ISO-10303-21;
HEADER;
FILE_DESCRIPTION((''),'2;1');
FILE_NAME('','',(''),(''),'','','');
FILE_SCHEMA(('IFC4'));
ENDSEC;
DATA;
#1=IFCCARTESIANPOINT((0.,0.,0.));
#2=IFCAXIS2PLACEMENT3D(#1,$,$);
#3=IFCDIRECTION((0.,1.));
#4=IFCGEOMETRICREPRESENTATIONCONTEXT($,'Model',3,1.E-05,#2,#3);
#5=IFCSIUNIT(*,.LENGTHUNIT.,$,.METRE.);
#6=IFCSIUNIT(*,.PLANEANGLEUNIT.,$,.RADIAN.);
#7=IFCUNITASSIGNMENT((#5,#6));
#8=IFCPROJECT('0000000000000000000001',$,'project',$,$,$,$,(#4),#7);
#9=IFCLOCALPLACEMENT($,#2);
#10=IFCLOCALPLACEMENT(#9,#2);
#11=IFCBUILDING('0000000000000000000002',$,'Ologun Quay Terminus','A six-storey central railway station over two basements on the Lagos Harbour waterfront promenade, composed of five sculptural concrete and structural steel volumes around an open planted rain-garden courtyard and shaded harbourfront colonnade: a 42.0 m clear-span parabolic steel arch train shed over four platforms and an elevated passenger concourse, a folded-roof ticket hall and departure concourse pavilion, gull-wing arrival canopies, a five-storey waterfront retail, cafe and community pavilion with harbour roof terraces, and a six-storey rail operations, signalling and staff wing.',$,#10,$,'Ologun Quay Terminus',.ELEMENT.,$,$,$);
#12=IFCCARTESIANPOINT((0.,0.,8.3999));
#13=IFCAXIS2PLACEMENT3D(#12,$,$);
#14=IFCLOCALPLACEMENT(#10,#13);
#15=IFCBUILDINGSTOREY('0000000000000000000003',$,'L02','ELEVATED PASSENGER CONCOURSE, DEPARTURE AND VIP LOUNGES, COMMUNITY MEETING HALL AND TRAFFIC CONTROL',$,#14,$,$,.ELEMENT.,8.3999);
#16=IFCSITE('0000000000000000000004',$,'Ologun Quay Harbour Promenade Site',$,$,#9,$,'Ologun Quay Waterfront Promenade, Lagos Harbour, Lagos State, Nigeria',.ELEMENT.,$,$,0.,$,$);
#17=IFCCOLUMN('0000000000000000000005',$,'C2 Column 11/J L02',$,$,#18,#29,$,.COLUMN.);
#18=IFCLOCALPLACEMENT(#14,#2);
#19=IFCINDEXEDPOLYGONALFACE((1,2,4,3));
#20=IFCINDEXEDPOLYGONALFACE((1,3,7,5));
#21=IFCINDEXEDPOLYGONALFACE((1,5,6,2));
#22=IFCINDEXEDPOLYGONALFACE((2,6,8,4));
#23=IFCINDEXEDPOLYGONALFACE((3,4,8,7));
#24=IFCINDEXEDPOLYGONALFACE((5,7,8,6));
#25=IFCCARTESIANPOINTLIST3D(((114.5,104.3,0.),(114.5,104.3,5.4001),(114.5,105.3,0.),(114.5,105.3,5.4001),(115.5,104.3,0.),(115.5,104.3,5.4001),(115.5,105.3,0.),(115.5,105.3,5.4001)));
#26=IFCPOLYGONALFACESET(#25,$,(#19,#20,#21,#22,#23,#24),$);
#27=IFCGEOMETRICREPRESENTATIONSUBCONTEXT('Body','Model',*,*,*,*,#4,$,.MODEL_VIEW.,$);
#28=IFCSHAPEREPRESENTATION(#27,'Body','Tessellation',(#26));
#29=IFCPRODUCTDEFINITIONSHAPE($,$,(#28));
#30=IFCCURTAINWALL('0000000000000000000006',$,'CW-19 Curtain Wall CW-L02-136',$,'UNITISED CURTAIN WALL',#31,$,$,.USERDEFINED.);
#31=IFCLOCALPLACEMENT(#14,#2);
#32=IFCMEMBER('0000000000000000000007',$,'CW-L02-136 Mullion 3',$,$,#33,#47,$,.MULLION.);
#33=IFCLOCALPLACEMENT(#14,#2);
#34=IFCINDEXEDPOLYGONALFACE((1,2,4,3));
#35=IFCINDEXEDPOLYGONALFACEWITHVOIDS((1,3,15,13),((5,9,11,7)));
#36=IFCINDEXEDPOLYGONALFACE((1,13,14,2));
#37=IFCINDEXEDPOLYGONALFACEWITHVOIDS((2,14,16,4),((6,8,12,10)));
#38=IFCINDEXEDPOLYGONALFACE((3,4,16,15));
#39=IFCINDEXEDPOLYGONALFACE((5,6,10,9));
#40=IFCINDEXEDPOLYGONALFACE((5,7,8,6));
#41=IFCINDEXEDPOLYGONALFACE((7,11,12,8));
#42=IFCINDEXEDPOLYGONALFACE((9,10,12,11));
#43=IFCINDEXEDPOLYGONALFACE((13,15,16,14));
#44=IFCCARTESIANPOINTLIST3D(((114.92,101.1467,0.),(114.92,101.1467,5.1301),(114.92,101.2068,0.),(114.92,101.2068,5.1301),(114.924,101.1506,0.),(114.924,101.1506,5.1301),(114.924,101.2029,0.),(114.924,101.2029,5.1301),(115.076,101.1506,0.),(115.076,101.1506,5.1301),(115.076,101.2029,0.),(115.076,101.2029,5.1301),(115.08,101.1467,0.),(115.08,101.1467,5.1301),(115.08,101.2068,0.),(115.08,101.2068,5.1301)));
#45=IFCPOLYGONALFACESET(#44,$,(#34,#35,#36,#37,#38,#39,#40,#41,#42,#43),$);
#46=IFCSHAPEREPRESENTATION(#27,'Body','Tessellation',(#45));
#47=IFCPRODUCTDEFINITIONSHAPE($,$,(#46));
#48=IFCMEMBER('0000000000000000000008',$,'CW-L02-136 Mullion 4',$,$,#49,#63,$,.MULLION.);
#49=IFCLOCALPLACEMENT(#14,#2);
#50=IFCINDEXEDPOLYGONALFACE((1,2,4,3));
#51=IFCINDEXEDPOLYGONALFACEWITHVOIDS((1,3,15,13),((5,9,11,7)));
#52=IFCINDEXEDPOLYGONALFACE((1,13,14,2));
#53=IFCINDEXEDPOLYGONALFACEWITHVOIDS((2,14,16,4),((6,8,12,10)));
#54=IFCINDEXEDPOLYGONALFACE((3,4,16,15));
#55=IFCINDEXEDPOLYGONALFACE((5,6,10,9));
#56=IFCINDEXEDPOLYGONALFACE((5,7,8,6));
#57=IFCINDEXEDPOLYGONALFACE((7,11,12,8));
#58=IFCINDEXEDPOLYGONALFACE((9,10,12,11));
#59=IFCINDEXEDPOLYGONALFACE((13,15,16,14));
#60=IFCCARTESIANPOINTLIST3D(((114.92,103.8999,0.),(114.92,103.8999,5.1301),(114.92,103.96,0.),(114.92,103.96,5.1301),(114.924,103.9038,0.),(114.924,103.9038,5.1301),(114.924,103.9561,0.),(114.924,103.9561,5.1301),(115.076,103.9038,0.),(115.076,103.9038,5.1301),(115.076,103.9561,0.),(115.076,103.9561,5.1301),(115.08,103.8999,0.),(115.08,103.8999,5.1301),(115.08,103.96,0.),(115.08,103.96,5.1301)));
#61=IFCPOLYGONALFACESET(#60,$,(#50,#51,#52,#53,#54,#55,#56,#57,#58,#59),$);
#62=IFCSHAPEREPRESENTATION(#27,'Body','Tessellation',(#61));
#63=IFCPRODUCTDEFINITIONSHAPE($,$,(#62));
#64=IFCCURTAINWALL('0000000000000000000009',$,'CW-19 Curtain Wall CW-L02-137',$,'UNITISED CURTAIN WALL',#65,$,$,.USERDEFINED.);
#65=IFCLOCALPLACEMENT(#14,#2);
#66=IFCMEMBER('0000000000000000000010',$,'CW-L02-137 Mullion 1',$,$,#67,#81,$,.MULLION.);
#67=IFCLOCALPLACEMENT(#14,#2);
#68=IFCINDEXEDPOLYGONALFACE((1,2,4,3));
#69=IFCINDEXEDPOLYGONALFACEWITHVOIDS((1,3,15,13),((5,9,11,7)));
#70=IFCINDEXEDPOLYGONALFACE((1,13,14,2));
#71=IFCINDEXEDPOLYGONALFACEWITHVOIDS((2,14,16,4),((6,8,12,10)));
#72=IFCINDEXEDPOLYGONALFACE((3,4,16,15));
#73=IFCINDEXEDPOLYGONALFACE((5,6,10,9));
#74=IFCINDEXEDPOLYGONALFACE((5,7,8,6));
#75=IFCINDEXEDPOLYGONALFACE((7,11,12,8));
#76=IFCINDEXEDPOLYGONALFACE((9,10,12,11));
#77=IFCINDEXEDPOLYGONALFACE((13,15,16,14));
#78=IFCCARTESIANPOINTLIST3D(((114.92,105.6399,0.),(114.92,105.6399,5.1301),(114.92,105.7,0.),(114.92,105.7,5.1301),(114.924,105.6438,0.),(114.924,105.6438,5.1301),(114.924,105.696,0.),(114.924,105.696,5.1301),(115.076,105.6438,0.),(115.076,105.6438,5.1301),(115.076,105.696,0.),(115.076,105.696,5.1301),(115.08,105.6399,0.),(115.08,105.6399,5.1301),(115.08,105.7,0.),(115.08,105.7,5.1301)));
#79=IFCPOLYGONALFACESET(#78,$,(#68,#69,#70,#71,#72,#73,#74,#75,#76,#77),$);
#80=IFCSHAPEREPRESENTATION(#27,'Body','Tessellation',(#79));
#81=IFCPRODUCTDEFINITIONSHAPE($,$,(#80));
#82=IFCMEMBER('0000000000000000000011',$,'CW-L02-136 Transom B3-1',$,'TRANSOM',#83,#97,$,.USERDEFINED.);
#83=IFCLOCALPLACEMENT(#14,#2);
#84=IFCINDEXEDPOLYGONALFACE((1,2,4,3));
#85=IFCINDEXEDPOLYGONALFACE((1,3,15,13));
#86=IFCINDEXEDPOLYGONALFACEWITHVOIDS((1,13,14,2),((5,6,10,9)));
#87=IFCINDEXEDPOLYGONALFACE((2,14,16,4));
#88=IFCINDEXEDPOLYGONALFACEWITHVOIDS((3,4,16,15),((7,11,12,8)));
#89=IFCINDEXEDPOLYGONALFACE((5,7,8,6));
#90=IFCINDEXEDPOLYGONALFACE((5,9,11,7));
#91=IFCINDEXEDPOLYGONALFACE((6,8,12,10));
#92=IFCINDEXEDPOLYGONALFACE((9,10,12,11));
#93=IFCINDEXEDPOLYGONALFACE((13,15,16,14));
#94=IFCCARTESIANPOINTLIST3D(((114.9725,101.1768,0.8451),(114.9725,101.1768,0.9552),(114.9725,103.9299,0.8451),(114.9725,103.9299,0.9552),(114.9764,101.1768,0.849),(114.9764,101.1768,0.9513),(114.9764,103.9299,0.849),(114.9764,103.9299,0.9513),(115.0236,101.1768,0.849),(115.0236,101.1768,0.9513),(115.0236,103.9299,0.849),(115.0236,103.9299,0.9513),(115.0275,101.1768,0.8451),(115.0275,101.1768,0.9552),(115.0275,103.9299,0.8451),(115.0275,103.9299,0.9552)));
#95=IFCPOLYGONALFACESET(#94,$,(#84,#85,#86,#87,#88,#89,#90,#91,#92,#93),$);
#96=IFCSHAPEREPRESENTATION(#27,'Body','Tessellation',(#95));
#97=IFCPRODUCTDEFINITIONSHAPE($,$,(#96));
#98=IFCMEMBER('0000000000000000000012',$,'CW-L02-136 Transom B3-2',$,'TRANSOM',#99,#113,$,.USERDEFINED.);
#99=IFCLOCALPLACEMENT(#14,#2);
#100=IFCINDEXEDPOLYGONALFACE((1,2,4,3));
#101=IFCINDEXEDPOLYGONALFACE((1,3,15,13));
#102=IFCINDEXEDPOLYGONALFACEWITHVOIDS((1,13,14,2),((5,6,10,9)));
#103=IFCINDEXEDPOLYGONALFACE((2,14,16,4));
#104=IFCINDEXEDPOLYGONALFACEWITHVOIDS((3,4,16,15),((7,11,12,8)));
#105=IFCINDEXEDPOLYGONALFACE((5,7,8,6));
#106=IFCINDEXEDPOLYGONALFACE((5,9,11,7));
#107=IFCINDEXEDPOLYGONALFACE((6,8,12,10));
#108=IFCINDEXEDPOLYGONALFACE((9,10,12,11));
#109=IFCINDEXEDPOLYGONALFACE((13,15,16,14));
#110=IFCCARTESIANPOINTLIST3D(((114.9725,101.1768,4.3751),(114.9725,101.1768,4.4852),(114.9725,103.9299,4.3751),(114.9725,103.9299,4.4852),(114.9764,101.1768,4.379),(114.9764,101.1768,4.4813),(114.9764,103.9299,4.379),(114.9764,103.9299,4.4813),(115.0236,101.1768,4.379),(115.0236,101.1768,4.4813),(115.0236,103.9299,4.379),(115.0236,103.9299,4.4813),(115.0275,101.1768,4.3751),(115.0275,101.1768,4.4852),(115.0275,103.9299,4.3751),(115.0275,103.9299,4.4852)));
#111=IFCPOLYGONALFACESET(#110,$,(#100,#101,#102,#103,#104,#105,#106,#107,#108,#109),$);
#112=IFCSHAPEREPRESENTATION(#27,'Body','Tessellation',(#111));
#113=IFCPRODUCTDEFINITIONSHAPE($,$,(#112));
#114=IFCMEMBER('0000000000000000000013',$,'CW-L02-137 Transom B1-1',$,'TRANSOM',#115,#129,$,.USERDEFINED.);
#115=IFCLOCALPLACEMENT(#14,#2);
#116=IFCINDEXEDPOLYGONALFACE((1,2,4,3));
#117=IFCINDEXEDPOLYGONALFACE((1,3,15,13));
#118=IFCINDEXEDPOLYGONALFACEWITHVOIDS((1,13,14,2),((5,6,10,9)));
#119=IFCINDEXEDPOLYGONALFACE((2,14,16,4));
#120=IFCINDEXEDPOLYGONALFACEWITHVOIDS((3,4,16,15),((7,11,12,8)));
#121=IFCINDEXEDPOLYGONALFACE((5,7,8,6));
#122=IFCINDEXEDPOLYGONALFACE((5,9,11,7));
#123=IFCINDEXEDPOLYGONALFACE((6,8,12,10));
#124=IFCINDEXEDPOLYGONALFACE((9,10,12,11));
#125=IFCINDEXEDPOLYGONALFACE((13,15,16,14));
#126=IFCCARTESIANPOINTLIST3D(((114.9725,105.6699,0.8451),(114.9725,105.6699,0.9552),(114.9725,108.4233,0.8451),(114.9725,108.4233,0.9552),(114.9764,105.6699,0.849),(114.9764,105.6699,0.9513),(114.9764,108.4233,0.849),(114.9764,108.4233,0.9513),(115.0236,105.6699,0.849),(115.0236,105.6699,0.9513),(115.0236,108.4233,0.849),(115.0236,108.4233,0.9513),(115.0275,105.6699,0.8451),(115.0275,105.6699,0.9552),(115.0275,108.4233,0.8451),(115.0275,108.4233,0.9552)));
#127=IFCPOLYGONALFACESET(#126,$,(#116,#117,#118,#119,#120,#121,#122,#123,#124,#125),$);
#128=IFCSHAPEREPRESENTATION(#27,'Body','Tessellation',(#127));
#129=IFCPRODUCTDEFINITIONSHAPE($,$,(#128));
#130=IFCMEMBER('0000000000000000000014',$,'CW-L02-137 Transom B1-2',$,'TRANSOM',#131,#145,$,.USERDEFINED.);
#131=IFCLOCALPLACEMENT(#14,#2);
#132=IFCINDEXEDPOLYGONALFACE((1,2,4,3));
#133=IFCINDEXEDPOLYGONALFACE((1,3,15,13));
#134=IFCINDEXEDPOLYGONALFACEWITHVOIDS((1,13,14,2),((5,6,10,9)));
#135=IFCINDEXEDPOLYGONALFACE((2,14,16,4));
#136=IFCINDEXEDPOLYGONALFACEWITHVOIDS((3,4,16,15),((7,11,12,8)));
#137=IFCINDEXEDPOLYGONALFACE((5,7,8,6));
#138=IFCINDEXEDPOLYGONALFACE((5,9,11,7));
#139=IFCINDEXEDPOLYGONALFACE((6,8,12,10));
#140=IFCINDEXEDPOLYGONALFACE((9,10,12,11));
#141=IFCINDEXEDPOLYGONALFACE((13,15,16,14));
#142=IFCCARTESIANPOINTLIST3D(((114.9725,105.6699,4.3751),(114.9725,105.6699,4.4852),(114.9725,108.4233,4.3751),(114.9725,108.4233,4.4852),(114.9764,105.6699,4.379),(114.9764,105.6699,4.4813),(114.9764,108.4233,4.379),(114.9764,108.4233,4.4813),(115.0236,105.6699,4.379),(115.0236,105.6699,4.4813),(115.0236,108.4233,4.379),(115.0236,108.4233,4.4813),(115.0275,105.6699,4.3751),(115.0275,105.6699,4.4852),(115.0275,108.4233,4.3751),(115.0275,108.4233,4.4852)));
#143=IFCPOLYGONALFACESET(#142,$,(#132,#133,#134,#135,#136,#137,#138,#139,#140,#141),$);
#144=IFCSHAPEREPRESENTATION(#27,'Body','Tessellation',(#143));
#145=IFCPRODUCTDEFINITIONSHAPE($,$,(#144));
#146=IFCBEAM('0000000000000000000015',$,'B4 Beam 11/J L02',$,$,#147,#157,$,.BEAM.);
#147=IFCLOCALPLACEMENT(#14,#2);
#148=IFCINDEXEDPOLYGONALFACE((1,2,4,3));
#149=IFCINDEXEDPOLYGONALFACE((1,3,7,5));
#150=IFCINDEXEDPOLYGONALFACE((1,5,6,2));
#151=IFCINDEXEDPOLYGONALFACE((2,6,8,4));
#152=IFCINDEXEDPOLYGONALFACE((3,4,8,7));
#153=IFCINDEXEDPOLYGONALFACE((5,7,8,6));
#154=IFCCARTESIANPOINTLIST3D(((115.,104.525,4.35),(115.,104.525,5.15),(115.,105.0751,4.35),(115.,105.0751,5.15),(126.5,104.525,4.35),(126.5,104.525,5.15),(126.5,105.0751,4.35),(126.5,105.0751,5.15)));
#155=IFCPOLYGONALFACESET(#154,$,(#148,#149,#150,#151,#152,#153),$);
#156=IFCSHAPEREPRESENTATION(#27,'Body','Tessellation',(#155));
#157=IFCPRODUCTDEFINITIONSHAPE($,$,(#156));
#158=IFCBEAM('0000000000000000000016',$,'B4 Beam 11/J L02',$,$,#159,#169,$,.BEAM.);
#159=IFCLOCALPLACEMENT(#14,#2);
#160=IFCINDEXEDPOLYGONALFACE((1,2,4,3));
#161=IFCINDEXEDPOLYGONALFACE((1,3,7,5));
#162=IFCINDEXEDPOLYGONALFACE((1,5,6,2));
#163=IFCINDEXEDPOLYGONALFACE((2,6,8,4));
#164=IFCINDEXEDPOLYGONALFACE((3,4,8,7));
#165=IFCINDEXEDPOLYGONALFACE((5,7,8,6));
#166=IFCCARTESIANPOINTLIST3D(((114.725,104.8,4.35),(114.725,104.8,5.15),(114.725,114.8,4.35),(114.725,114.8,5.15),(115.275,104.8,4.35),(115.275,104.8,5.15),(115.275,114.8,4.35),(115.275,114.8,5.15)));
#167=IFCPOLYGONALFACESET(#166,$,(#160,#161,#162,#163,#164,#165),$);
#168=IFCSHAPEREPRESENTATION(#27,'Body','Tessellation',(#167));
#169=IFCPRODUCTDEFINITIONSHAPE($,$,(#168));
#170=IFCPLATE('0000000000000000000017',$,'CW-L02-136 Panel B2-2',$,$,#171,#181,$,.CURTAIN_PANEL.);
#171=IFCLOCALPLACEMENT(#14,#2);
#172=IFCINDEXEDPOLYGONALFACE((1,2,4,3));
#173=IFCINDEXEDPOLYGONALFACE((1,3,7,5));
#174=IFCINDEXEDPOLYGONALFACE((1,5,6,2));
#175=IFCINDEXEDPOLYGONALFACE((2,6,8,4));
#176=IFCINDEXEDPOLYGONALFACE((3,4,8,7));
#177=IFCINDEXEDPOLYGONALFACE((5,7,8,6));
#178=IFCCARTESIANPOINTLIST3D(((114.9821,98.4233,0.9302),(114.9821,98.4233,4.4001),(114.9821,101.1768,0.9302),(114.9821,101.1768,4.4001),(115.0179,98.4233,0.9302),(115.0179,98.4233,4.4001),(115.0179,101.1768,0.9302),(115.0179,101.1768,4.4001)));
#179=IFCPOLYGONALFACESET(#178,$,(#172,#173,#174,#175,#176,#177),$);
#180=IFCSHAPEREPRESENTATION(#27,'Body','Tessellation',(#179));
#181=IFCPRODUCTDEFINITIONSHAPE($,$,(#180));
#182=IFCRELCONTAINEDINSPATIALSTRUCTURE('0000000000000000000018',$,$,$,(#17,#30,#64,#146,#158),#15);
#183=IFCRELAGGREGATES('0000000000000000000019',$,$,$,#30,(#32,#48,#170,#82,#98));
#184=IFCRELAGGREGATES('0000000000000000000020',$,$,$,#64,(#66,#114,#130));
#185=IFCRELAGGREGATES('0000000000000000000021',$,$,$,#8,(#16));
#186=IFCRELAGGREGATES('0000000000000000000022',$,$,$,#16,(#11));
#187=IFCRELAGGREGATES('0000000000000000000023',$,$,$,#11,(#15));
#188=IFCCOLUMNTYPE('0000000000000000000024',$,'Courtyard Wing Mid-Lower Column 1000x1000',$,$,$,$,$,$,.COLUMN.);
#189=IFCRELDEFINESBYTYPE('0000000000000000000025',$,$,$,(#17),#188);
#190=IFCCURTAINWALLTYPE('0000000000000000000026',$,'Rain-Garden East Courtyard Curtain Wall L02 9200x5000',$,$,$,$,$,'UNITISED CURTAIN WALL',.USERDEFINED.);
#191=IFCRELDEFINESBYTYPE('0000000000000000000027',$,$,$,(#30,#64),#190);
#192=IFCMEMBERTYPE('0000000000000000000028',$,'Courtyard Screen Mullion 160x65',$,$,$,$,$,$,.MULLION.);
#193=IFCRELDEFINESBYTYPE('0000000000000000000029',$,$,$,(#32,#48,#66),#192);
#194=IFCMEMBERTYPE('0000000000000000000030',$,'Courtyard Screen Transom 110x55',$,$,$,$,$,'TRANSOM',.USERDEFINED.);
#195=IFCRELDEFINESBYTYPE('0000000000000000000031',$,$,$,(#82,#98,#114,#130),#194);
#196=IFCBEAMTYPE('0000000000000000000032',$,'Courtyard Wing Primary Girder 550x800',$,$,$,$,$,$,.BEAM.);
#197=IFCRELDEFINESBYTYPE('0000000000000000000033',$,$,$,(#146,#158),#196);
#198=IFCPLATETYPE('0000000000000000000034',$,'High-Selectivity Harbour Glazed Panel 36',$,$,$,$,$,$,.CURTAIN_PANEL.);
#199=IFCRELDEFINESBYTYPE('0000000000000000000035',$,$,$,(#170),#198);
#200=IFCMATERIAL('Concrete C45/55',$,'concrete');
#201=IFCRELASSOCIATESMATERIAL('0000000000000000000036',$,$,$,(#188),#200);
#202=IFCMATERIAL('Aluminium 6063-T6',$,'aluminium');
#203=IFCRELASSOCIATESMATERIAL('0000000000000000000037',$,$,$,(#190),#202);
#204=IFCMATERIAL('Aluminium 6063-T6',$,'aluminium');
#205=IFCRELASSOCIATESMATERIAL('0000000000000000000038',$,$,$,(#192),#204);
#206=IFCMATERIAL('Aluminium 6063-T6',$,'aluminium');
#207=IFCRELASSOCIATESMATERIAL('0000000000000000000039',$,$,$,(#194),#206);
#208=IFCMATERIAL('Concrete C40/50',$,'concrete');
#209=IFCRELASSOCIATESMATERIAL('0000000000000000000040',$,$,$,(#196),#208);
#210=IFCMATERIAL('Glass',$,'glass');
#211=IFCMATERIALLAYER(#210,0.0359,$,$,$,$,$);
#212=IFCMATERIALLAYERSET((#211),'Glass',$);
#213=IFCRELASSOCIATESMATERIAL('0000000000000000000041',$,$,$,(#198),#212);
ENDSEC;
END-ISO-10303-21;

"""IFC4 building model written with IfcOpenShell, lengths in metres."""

from ifc_helpers import new_model, si_unit, direction, frame, origin, origin_2d, place, context, subcontext, project, spatial, rectangle, hollow_rectangle, extrude, material, layer, layer_set, material_profile, profile_set, type_object, element, aggregate, save


model = new_model("IFC4")

# Units and contexts
model_context = context("Model", 3, precision=1e-05, world=origin(), true_north=direction((0.0, 1.0)))
body_context = subcontext(model_context, "Body", "Model", "MODEL_VIEW")
ifc_project = project(units=[si_unit("LENGTHUNIT", "METRE"), si_unit("PLANEANGLEUNIT", "RADIAN")], contexts=[model_context])

# Site, building, storey
site_placement = place(None, origin())
site = spatial("IfcSite", under=ifc_project, at=site_placement, Name="Ologun Quay Harbour Promenade Site", LongName="Ologun Quay Waterfront Promenade, Lagos Harbour, Lagos State, Nigeria", CompositionType="ELEMENT", RefElevation=0.0)
building_placement = place(site_placement, origin())
building = spatial("IfcBuilding", under=site, at=building_placement, Name="Ologun Quay Terminus", Description="A six-storey central railway station over two basements on the Lagos Harbour waterfront promenade, composed of five sculptural concrete and structural steel volumes around an open planted rain-garden courtyard and shaded harbourfront colonnade: a 42.0 m clear-span parabolic steel arch train shed over four platforms and an elevated passenger concourse, a folded-roof ticket hall and departure concourse pavilion, gull-wing arrival canopies, a five-storey waterfront retail, cafe and community pavilion with harbour roof terraces, and a six-storey rail operations, signalling and staff wing.", LongName="Ologun Quay Terminus", CompositionType="ELEMENT")
storey_placement = place(building_placement, frame((0.0, 0.0, 8.3999)))
storey = spatial("IfcBuildingStorey", under=building, at=storey_placement, Name="L02", Description="ELEVATED PASSENGER CONCOURSE, DEPARTURE AND VIP LOUNGES, COMMUNITY MEETING HALL AND TRAFFIC CONTROL", CompositionType="ELEMENT", Elevation=8.3999)

# Column
ifc_material_1 = material(Name="Concrete C45/55", Category="concrete")
ifc_material_profile_1 = material_profile(ifc_material_1, rectangle(XDim=1.0, YDim=1.0, at=origin_2d()), Name="RC 1000x1000")
ifc_profile_set_1 = profile_set([ifc_material_profile_1], Name="Concrete C45/55")
column_type = type_object("IfcColumnType", Name="Courtyard Wing Mid-Lower Column 1000x1000", PredefinedType="COLUMN", material=ifc_profile_set_1)
column_placement = place(storey_placement, frame((115.0, 104.8, 0.0), z_axis=(0.0, 0.0, 1.0), x_axis=(1.0, 0.0, 0.0)))
element("IfcColumn", 1, at=column_placement, inside=storey, type_object=column_type, Name="C2 Column 11/J L02", PredefinedType="COLUMN", context=body_context, shape_type="SweptSolid", body=[
    extrude(rectangle(XDim=1.0, YDim=1.0, at=origin_2d()), origin(), (0.0, 0.0, 1.0), 5.4001),
])

# Curtain wall, members
ifc_material_2 = material(Name="Aluminium 6063-T6", Category="aluminium")
curtain_wall_type = type_object("IfcCurtainWallType", Name="Rain-Garden East Courtyard Curtain Wall L02 9200x5000", ElementType="UNITISED CURTAIN WALL", PredefinedType="USERDEFINED", material=ifc_material_2)
curtain_wall_1_placement = place(storey_placement, origin())
curtain_wall_1 = element("IfcCurtainWall", 2, at=curtain_wall_1_placement, inside=storey, type_object=curtain_wall_type, Name="CW-19 Curtain Wall CW-L02-136", ObjectType="UNITISED CURTAIN WALL", PredefinedType="USERDEFINED")
ifc_material_3 = material(Name="Aluminium 6063-T6", Category="aluminium")
ifc_material_profile_2 = material_profile(ifc_material_3, hollow_rectangle(XDim=0.0601, YDim=0.1599, WallThickness=0.0039, at=origin_2d()), Name="ALU 160x60x4")
ifc_profile_set_2 = profile_set([ifc_material_profile_2], Name="Aluminium 6063-T6")
member_type_1 = type_object("IfcMemberType", Name="Courtyard Screen Mullion 160x65", PredefinedType="MULLION", material=ifc_profile_set_2)
member_1_placement = place(storey_placement, frame((115.0, 101.1768, 0.0), z_axis=(0.0, 0.0, 1.0), x_axis=(0.0, 1.0, 0.0)))
member_1 = element("IfcMember", 3, at=member_1_placement, type_object=member_type_1, Name="CW-L02-136 Mullion 3", PredefinedType="MULLION", context=body_context, shape_type="SweptSolid", body=[
    extrude(hollow_rectangle(XDim=0.0601, YDim=0.1599, WallThickness=0.0039, at=origin_2d()), origin(), (0.0, 0.0, 1.0), 5.1301),
])
member_2_placement = place(storey_placement, frame((115.0, 103.9299, 0.0), z_axis=(0.0, 0.0, 1.0), x_axis=(0.0, 1.0, 0.0)))
member_2 = element("IfcMember", 4, at=member_2_placement, type_object=member_type_1, Name="CW-L02-136 Mullion 4", PredefinedType="MULLION", context=body_context, shape_type="SweptSolid", body=[
    extrude(hollow_rectangle(XDim=0.0601, YDim=0.1599, WallThickness=0.0039, at=origin_2d()), origin(), (0.0, 0.0, 1.0), 5.1301),
])

# Curtain wall, member
curtain_wall_2_placement = place(storey_placement, origin())
curtain_wall_2 = element("IfcCurtainWall", 5, at=curtain_wall_2_placement, inside=storey, type_object=curtain_wall_type, Name="CW-19 Curtain Wall CW-L02-137", ObjectType="UNITISED CURTAIN WALL", PredefinedType="USERDEFINED")
member_3_placement = place(storey_placement, frame((115.0, 105.6699, 0.0), z_axis=(0.0, 0.0, 1.0), x_axis=(0.0, 1.0, 0.0)))
member_3 = element("IfcMember", 6, at=member_3_placement, type_object=member_type_1, Name="CW-L02-137 Mullion 1", PredefinedType="MULLION", context=body_context, shape_type="SweptSolid", body=[
    extrude(hollow_rectangle(XDim=0.0601, YDim=0.1599, WallThickness=0.0039, at=origin_2d()), origin(), (0.0, 0.0, 1.0), 5.1301),
])

# Members
ifc_material_4 = material(Name="Aluminium 6063-T6", Category="aluminium")
ifc_material_profile_3 = material_profile(ifc_material_4, hollow_rectangle(XDim=0.0549, YDim=0.1101, WallThickness=0.0039, at=origin_2d()), Name="ALU 110x55x4")
ifc_profile_set_3 = profile_set([ifc_material_profile_3], Name="Aluminium 6063-T6")
member_type_2 = type_object("IfcMemberType", Name="Courtyard Screen Transom 110x55", ElementType="TRANSOM", PredefinedType="USERDEFINED", material=ifc_profile_set_3)
member_4_placement = place(storey_placement, frame((115.0, 101.1768, 0.9001), z_axis=(0.0, 1.0, 0.0), x_axis=(-1.0, 0.0, 0.0)))
member_4 = element("IfcMember", 7, at=member_4_placement, type_object=member_type_2, Name="CW-L02-136 Transom B3-1", ObjectType="TRANSOM", PredefinedType="USERDEFINED", context=body_context, shape_type="SweptSolid", body=[
    extrude(hollow_rectangle(XDim=0.0549, YDim=0.1101, WallThickness=0.0039, at=origin_2d()), origin(), (0.0, 0.0, 1.0), 2.7532),
])
member_5_placement = place(storey_placement, frame((115.0, 101.1768, 4.4302), z_axis=(0.0, 1.0, 0.0), x_axis=(-1.0, 0.0, 0.0)))
member_5 = element("IfcMember", 8, at=member_5_placement, type_object=member_type_2, Name="CW-L02-136 Transom B3-2", ObjectType="TRANSOM", PredefinedType="USERDEFINED", context=body_context, shape_type="SweptSolid", body=[
    extrude(hollow_rectangle(XDim=0.0549, YDim=0.1101, WallThickness=0.0039, at=origin_2d()), origin(), (0.0, 0.0, 1.0), 2.7532),
])
member_6_placement = place(storey_placement, frame((115.0, 105.6699, 0.9001), z_axis=(0.0, 1.0, 0.0), x_axis=(-1.0, 0.0, 0.0)))
member_6 = element("IfcMember", 9, at=member_6_placement, type_object=member_type_2, Name="CW-L02-137 Transom B1-1", ObjectType="TRANSOM", PredefinedType="USERDEFINED", context=body_context, shape_type="SweptSolid", body=[
    extrude(hollow_rectangle(XDim=0.0549, YDim=0.1101, WallThickness=0.0039, at=origin_2d()), origin(), (0.0, 0.0, 1.0), 2.7534),
])
member_7_placement = place(storey_placement, frame((115.0, 105.6699, 4.4302), z_axis=(0.0, 1.0, 0.0), x_axis=(-1.0, 0.0, 0.0)))
member_7 = element("IfcMember", 10, at=member_7_placement, type_object=member_type_2, Name="CW-L02-137 Transom B1-2", ObjectType="TRANSOM", PredefinedType="USERDEFINED", context=body_context, shape_type="SweptSolid", body=[
    extrude(hollow_rectangle(XDim=0.0549, YDim=0.1101, WallThickness=0.0039, at=origin_2d()), origin(), (0.0, 0.0, 1.0), 2.7534),
])

# Beams
ifc_material_5 = material(Name="Concrete C40/50", Category="concrete")
ifc_material_profile_4 = material_profile(ifc_material_5, rectangle(XDim=0.55, YDim=0.8, at=origin_2d()), Name="RC 550x800")
ifc_profile_set_4 = profile_set([ifc_material_profile_4], Name="Concrete C40/50")
beam_type = type_object("IfcBeamType", Name="Courtyard Wing Primary Girder 550x800", PredefinedType="BEAM", material=ifc_profile_set_4)
beam_1_placement = place(storey_placement, frame((115.0, 104.8, 4.75), z_axis=(1.0, 0.0, 0.0), x_axis=(0.0, 1.0, 0.0)))
element("IfcBeam", 11, at=beam_1_placement, inside=storey, type_object=beam_type, Name="B4 Beam 11/J L02", PredefinedType="BEAM", context=body_context, shape_type="SweptSolid", body=[
    extrude(rectangle(XDim=0.55, YDim=0.8, at=origin_2d()), origin(), (0.0, 0.0, 1.0), 11.5),
])
beam_2_placement = place(storey_placement, frame((115.0, 104.8, 4.75), z_axis=(0.0, 1.0, 0.0), x_axis=(-1.0, 0.0, 0.0)))
element("IfcBeam", 12, at=beam_2_placement, inside=storey, type_object=beam_type, Name="B4 Beam 11/J L02", PredefinedType="BEAM", context=body_context, shape_type="SweptSolid", body=[
    extrude(rectangle(XDim=0.55, YDim=0.8, at=origin_2d()), origin(), (0.0, 0.0, 1.0), 10.0),
])

# Plate
ifc_material_6 = material(Name="Glass", Category="glass")
ifc_layer_1 = layer(ifc_material_6, 0.0359)
ifc_layer_set_1 = layer_set([ifc_layer_1], Name="Glass")
plate_type_1 = type_object("IfcPlateType", Name="High-Selectivity Harbour Glazed Panel 36", PredefinedType="CURTAIN_PANEL", material=ifc_layer_set_1)
plate_1_placement = place(storey_placement, frame((115.0, 99.8, 0.9302), z_axis=(0.0, 0.0, 1.0), x_axis=(0.0, 1.0, 0.0)))
plate_1 = element("IfcPlate", 13, at=plate_1_placement, type_object=plate_type_1, Name="CW-L02-136 Panel B2-2", PredefinedType="CURTAIN_PANEL", context=body_context, shape_type="SweptSolid", body=[
    extrude(rectangle(XDim=2.7534, YDim=0.0359, at=origin_2d()), origin(), (0.0, 0.0, 1.0), 3.47),
])
aggregate(curtain_wall_1, [member_1, member_2, plate_1, member_4, member_5])
aggregate(curtain_wall_2, [member_3, member_6, member_7])

save(model, "model.ifc")
